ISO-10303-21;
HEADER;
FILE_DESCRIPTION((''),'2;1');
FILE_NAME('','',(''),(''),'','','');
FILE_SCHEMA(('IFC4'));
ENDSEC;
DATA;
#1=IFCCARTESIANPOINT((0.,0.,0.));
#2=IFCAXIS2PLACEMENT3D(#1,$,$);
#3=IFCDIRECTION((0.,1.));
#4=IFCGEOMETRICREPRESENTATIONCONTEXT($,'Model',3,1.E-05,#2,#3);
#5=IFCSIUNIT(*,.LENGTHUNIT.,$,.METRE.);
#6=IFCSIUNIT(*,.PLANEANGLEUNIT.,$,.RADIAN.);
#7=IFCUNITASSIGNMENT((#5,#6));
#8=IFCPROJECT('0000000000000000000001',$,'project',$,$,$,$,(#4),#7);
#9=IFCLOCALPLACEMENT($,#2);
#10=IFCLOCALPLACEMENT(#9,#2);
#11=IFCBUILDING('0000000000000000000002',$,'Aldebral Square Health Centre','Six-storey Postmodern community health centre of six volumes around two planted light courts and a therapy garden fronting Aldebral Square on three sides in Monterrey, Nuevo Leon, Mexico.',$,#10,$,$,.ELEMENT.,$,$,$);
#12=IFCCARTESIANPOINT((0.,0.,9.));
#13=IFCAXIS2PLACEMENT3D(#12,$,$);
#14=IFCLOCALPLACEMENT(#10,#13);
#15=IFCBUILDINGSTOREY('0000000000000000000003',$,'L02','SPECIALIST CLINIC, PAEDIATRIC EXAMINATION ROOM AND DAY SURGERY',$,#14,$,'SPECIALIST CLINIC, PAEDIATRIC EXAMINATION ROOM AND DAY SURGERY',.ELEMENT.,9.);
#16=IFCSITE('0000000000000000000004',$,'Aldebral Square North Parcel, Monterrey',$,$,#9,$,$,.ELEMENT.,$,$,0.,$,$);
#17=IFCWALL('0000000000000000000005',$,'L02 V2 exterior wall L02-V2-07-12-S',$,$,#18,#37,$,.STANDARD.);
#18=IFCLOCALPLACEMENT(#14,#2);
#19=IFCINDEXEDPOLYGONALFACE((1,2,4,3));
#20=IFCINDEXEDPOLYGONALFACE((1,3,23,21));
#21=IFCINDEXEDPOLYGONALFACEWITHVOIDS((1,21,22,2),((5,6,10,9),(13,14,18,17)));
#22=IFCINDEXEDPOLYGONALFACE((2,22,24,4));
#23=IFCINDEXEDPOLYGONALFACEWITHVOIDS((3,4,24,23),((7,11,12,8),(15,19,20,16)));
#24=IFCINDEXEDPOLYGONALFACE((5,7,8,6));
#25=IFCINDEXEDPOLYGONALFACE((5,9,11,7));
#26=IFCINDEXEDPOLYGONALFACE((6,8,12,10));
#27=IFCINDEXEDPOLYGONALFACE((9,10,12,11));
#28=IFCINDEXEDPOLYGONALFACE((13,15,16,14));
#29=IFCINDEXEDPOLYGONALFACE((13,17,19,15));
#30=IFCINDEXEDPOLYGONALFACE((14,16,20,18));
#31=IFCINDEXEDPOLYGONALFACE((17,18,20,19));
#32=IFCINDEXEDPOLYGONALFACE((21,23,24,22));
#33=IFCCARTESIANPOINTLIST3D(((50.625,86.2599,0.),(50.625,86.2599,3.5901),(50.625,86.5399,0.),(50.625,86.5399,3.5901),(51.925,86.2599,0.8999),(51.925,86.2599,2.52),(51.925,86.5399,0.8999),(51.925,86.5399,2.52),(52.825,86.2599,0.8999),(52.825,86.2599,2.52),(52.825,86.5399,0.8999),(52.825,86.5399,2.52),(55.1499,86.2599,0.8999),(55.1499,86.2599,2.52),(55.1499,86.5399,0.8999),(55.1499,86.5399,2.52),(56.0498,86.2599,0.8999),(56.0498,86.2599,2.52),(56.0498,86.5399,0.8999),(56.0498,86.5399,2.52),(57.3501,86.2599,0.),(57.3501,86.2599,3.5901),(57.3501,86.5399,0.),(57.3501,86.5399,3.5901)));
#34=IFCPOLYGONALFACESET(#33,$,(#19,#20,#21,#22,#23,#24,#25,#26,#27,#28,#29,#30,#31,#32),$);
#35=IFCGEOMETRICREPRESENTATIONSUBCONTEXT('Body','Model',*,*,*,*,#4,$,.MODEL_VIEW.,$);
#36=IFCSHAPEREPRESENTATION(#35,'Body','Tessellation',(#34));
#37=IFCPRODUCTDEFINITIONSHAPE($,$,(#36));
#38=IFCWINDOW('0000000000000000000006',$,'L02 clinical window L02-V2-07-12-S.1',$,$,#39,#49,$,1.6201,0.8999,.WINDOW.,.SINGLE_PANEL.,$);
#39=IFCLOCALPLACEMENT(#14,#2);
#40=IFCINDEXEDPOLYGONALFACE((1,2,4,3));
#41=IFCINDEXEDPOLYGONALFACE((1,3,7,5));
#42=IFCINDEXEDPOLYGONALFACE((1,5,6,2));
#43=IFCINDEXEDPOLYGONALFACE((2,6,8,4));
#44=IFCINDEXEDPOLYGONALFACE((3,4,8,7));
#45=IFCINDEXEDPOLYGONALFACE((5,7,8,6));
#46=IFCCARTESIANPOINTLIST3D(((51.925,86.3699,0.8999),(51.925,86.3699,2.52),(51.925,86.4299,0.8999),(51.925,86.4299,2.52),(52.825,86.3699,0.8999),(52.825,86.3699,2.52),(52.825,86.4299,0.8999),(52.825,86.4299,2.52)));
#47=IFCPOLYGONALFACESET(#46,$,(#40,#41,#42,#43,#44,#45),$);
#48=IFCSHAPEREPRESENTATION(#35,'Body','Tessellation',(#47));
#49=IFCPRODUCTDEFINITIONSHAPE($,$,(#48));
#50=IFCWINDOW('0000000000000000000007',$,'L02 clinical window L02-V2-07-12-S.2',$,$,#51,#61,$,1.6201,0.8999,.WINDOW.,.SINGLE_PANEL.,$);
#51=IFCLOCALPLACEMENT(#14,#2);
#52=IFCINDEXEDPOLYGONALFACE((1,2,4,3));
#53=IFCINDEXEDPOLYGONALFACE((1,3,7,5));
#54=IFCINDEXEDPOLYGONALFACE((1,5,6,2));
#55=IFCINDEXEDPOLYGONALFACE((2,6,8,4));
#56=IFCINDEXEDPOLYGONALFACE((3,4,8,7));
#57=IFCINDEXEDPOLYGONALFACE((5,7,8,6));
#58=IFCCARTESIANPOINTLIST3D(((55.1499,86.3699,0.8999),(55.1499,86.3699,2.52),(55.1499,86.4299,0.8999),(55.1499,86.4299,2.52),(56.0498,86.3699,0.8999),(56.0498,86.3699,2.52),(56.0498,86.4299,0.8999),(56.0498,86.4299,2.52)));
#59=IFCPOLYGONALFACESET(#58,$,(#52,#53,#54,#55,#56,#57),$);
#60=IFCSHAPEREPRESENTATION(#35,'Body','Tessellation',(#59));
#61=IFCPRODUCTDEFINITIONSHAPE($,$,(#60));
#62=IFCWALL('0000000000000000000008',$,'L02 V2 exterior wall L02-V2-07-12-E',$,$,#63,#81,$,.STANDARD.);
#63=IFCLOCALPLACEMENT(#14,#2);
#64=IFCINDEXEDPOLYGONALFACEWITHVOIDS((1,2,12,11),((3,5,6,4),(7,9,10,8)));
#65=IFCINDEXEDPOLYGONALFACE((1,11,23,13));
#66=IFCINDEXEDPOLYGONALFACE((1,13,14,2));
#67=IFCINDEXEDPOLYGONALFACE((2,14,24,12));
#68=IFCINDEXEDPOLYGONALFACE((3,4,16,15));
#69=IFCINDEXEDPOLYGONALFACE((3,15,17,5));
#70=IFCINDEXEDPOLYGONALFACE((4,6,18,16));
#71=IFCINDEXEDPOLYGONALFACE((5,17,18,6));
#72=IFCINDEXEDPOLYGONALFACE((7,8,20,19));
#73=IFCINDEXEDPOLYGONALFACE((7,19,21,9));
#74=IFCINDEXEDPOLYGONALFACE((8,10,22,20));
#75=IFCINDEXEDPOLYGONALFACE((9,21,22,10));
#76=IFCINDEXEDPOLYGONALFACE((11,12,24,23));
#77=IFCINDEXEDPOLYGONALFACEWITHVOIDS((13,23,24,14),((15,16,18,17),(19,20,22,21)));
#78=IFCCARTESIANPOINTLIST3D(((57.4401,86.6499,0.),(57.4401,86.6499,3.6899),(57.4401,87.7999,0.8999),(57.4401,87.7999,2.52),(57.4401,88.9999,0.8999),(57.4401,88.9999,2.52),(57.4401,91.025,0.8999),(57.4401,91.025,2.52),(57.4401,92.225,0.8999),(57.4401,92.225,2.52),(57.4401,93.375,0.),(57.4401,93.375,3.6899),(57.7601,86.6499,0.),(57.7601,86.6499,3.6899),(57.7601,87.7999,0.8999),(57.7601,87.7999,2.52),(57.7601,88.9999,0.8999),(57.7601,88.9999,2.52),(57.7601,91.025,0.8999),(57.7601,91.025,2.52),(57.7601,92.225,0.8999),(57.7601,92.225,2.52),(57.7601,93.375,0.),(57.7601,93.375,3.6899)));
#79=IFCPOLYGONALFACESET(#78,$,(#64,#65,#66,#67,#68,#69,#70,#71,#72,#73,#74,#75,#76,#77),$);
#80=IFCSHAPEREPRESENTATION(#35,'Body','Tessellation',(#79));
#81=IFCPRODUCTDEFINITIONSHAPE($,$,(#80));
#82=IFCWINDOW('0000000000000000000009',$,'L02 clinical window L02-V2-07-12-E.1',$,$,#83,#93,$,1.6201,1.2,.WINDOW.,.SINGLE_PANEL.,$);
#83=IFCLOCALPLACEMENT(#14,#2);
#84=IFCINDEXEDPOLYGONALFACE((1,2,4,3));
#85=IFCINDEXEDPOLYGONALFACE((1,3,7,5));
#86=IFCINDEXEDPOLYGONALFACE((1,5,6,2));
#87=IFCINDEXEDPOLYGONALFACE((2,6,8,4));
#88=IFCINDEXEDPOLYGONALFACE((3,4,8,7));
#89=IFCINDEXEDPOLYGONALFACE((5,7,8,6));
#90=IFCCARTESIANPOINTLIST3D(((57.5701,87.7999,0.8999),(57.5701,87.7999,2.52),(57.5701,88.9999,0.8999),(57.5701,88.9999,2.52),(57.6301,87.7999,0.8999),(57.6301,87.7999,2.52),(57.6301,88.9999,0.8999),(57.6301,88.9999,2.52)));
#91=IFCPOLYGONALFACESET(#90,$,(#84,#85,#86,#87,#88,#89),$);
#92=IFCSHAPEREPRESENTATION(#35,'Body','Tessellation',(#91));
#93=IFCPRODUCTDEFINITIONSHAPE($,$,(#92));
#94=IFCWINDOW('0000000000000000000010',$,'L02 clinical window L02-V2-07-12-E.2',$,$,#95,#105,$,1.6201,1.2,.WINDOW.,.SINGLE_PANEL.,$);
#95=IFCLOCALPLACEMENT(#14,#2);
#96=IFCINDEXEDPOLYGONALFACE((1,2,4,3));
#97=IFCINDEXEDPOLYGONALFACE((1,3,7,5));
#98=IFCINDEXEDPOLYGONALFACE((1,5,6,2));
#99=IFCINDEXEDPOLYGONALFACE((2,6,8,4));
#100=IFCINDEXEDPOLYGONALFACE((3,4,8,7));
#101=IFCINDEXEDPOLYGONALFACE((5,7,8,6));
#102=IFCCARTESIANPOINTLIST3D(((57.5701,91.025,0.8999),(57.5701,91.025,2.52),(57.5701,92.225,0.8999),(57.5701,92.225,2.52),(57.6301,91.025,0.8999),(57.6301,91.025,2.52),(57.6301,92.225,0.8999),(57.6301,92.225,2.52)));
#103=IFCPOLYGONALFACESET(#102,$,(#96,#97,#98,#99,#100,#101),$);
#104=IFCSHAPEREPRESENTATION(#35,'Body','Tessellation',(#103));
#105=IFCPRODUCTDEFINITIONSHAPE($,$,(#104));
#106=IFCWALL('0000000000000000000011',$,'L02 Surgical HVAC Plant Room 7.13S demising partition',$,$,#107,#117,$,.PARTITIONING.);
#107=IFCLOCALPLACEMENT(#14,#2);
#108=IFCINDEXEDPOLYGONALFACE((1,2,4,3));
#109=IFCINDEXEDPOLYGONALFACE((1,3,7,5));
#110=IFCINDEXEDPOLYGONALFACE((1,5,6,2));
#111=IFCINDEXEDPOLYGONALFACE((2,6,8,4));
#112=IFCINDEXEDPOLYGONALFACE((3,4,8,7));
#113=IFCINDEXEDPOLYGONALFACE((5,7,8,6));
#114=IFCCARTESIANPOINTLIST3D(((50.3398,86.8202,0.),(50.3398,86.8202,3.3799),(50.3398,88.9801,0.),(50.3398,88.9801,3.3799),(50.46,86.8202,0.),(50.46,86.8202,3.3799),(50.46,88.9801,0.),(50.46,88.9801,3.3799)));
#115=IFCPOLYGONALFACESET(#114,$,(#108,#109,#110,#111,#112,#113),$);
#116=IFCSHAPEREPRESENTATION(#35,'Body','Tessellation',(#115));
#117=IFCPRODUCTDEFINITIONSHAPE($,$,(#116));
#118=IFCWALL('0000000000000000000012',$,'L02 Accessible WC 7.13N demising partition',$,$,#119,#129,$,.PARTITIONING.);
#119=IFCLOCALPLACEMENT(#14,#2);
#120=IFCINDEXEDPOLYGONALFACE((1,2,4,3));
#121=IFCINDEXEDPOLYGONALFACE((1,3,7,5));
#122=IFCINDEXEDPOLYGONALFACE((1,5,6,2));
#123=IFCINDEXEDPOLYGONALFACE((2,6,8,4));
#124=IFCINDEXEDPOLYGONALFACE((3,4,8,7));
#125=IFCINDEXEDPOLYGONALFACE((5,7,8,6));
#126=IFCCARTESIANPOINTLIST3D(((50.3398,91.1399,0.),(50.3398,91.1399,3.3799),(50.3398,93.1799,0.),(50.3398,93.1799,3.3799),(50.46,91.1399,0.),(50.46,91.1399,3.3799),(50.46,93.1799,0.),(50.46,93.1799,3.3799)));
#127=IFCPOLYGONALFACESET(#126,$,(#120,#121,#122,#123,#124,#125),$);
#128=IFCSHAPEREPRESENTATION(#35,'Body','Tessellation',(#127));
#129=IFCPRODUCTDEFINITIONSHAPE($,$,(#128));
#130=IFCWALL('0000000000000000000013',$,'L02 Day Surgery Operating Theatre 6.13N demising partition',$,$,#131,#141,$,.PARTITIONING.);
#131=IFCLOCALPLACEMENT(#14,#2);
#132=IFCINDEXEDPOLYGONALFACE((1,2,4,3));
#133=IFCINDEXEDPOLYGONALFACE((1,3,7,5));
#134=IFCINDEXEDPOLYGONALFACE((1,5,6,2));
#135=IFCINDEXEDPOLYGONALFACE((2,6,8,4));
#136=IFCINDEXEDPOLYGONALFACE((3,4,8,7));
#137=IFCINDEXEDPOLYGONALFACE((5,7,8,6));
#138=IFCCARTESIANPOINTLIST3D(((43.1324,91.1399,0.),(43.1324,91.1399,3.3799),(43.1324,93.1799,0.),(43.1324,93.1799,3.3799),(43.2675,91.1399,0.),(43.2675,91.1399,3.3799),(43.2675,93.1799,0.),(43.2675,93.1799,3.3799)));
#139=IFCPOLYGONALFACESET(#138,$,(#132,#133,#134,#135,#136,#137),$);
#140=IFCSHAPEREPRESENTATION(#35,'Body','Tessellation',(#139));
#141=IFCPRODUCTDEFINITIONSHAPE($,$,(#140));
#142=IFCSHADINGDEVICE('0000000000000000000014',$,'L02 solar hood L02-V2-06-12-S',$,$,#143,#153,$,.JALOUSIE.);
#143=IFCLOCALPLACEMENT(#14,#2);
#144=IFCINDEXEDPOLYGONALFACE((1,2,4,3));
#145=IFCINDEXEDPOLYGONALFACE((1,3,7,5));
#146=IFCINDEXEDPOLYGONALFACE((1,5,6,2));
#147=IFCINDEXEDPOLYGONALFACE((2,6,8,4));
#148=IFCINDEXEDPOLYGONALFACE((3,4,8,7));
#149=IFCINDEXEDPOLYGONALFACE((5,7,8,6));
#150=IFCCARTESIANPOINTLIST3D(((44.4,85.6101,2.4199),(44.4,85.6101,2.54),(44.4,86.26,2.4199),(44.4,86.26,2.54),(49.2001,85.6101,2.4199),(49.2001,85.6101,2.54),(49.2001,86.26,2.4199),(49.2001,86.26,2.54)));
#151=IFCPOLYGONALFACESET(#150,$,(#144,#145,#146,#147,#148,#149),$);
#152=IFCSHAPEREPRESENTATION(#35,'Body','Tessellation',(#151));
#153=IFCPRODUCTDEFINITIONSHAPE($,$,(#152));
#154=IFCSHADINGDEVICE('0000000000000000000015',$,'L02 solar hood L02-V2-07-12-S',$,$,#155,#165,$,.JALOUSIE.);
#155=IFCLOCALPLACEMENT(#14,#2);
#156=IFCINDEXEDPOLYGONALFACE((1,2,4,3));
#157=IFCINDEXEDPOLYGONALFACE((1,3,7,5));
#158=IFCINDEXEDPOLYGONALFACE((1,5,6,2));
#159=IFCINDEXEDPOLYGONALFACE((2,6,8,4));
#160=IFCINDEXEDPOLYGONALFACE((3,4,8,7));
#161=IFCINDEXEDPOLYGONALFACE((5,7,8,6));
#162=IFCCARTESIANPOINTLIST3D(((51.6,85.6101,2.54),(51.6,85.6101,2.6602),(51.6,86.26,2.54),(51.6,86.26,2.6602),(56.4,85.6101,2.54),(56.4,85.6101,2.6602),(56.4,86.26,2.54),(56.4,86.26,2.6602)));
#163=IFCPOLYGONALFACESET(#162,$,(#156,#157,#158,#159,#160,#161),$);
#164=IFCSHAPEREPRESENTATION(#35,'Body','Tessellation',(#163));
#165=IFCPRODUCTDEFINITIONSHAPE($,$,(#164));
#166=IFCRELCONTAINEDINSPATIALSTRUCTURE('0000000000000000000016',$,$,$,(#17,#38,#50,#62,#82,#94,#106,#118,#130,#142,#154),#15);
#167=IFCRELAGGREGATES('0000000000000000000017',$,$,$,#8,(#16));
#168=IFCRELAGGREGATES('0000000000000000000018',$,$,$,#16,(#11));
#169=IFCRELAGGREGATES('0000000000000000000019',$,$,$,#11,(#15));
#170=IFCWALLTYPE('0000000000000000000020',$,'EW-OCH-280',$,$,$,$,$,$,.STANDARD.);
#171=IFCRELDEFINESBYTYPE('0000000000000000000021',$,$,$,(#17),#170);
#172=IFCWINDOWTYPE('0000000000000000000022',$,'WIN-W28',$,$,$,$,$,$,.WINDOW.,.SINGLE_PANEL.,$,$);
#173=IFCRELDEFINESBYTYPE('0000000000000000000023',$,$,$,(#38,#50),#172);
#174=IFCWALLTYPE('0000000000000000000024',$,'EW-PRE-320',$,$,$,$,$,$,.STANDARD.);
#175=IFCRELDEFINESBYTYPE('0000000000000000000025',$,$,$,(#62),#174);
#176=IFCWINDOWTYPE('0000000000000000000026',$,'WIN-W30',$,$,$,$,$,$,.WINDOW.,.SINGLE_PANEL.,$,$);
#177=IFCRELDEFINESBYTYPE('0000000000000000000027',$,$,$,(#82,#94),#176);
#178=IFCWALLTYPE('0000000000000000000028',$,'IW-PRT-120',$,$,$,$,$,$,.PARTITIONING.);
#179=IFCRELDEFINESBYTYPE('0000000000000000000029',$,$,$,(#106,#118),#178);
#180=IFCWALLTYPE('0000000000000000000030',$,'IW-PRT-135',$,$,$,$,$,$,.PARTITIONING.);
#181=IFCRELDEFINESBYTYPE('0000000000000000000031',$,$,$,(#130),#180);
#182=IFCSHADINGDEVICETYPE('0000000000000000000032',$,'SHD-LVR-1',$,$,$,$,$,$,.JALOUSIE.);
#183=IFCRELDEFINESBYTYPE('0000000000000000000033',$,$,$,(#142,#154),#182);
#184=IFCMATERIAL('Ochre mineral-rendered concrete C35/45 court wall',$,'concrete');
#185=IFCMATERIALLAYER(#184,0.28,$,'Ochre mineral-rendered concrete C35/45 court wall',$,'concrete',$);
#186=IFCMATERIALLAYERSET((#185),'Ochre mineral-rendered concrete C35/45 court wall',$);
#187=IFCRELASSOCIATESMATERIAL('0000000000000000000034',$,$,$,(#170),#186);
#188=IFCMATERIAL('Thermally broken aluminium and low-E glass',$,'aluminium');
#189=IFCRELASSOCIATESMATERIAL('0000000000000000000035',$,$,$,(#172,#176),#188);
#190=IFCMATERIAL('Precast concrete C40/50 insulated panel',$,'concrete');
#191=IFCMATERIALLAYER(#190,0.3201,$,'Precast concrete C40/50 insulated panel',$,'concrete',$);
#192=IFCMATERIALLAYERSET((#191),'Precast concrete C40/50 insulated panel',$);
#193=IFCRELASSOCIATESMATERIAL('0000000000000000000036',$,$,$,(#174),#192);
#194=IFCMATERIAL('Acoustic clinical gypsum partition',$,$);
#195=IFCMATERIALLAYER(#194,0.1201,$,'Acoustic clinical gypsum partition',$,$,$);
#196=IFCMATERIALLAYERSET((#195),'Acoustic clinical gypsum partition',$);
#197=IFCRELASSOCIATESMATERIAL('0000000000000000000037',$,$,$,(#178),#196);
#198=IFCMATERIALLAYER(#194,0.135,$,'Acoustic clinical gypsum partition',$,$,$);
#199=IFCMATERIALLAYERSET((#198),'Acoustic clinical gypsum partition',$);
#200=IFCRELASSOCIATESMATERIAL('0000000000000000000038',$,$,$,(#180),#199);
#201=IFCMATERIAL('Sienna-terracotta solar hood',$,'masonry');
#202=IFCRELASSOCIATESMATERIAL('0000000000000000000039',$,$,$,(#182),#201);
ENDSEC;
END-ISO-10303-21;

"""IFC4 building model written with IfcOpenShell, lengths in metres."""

from ifc_helpers import new_model, si_unit, direction, frame, frame_2d, origin, origin_2d, place, context, subcontext, project, spatial, rectangle, extrude, material, layer, layer_set, type_object, element, fill, save


model = new_model("IFC4")

# Units and contexts
model_context = context("Model", 3, precision=1e-05, world=origin(), true_north=direction((0.0, 1.0)))
body_context = subcontext(model_context, "Body", "Model", "MODEL_VIEW")
ifc_project = project(units=[si_unit("LENGTHUNIT", "METRE"), si_unit("PLANEANGLEUNIT", "RADIAN")], contexts=[model_context])

# Site, building, storey
site_placement = place(None, origin())
site = spatial("IfcSite", under=ifc_project, at=site_placement, Name="Aldebral Square North Parcel, Monterrey", CompositionType="ELEMENT", RefElevation=0.0)
building_placement = place(site_placement, origin())
building = spatial("IfcBuilding", under=site, at=building_placement, Name="Aldebral Square Health Centre", Description="Six-storey Postmodern community health centre of six volumes around two planted light courts and a therapy garden fronting Aldebral Square on three sides in Monterrey, Nuevo Leon, Mexico.", CompositionType="ELEMENT")
storey_placement = place(building_placement, frame((0.0, 0.0, 9.0)))
storey = spatial("IfcBuildingStorey", under=building, at=storey_placement, Name="L02", Description="SPECIALIST CLINIC, PAEDIATRIC EXAMINATION ROOM AND DAY SURGERY", LongName="SPECIALIST CLINIC, PAEDIATRIC EXAMINATION ROOM AND DAY SURGERY", CompositionType="ELEMENT", Elevation=9.0)

# Walls, openings, windows
ifc_material_1 = material(Name="Ochre mineral-rendered concrete C35/45 court wall", Category="concrete")
ifc_layer_1 = layer(ifc_material_1, 0.28, Name="Ochre mineral-rendered concrete C35/45 court wall", Category="concrete")
ifc_layer_set_1 = layer_set([ifc_layer_1], Name="Ochre mineral-rendered concrete C35/45 court wall")
wall_type_1 = type_object("IfcWallType", Name="EW-OCH-280", PredefinedType="STANDARD", material=ifc_layer_set_1)
ifc_material_2 = material(Name="Thermally broken aluminium and low-E glass", Category="aluminium")
wall_1_placement = place(storey_placement, frame((50.625, 86.3999, 0.0), z_axis=(0.0, 0.0, 1.0), x_axis=(1.0, 0.0, 0.0)))
wall_1 = element("IfcWall", 1, at=wall_1_placement, inside=storey, type_object=wall_type_1, Name="L02 V2 exterior wall L02-V2-07-12-S", PredefinedType="STANDARD", context=body_context, shape_type="SweptSolid", body=[
    extrude(rectangle(XDim=6.7251, YDim=0.28, at=frame_2d((3.3625, 0.0))), origin(), (0.0, 0.0, 1.0), 3.5901),
])
opening_1_placement = place(wall_1_placement, frame((1.3, 0.0, 0.8999)))
opening_1 = element("IfcOpeningElement", 2, at=opening_1_placement, cuts=wall_1, PredefinedType="OPENING", context=body_context, shape_type="SweptSolid", body=[
    extrude(rectangle(XDim=0.8999, YDim=1.6201, at=frame_2d((0.45, 0.8101))), frame((0.0, 0.1499, 0.0), z_axis=(0.0, -1.0, 0.0), x_axis=(1.0, 0.0, 0.0)), (0.0, 0.0, 1.0), 0.3),
])
opening_2_placement = place(wall_1_placement, frame((4.5249, 0.0, 0.8999)))
opening_2 = element("IfcOpeningElement", 3, at=opening_2_placement, cuts=wall_1, PredefinedType="OPENING", context=body_context, shape_type="SweptSolid", body=[
    extrude(rectangle(XDim=0.8999, YDim=1.6201, at=frame_2d((0.45, 0.8101))), frame((0.0, 0.1499, 0.0), z_axis=(0.0, -1.0, 0.0), x_axis=(1.0, 0.0, 0.0)), (0.0, 0.0, 1.0), 0.3),
])
window_type_1 = type_object("IfcWindowType", Name="WIN-W28", PartitioningType="SINGLE_PANEL", PredefinedType="WINDOW", material=ifc_material_2)
window_1_placement = place(opening_1_placement, origin())
window_1 = element("IfcWindow", 4, at=window_1_placement, inside=storey, type_object=window_type_1, Name="L02 clinical window L02-V2-07-12-S.1", OverallHeight=1.6201, OverallWidth=0.8999, PartitioningType="SINGLE_PANEL", PredefinedType="WINDOW", context=body_context, shape_type="SweptSolid", body=[
    extrude(rectangle(XDim=0.8999, YDim=1.6201, at=frame_2d((0.45, 0.8101))), frame((0.0, 0.03, 0.0), z_axis=(0.0, -1.0, 0.0), x_axis=(1.0, 0.0, 0.0)), (0.0, 0.0, 1.0), 0.0601),
])
fill(opening_1, window_1)
window_2_placement = place(opening_2_placement, origin())
window_2 = element("IfcWindow", 5, at=window_2_placement, inside=storey, type_object=window_type_1, Name="L02 clinical window L02-V2-07-12-S.2", OverallHeight=1.6201, OverallWidth=0.8999, PartitioningType="SINGLE_PANEL", PredefinedType="WINDOW", context=body_context, shape_type="SweptSolid", body=[
    extrude(rectangle(XDim=0.8999, YDim=1.6201, at=frame_2d((0.45, 0.8101))), frame((0.0, 0.03, 0.0), z_axis=(0.0, -1.0, 0.0), x_axis=(1.0, 0.0, 0.0)), (0.0, 0.0, 1.0), 0.0601),
])
fill(opening_2, window_2)
ifc_material_3 = material(Name="Precast concrete C40/50 insulated panel", Category="concrete")
ifc_layer_2 = layer(ifc_material_3, 0.3201, Name="Precast concrete C40/50 insulated panel", Category="concrete")
ifc_layer_set_2 = layer_set([ifc_layer_2], Name="Precast concrete C40/50 insulated panel")
wall_type_2 = type_object("IfcWallType", Name="EW-PRE-320", PredefinedType="STANDARD", material=ifc_layer_set_2)
wall_2_placement = place(storey_placement, frame((57.6001, 86.6499, 0.0), z_axis=(0.0, 0.0, 1.0), x_axis=(0.0, 1.0, 0.0)))
wall_2 = element("IfcWall", 6, at=wall_2_placement, inside=storey, type_object=wall_type_2, Name="L02 V2 exterior wall L02-V2-07-12-E", PredefinedType="STANDARD", context=body_context, shape_type="SweptSolid", body=[
    extrude(rectangle(XDim=6.7251, YDim=0.3201, at=frame_2d((3.3625, 0.0))), origin(), (0.0, 0.0, 1.0), 3.6899),
])
opening_3_placement = place(wall_2_placement, frame((1.1499, 0.0, 0.8999)))
opening_3 = element("IfcOpeningElement", 7, at=opening_3_placement, cuts=wall_2, PredefinedType="OPENING", context=body_context, shape_type="SweptSolid", body=[
    extrude(rectangle(XDim=1.2, YDim=1.6201, at=frame_2d((0.6001, 0.8101))), frame((0.0, 0.1699, 0.0), z_axis=(0.0, -1.0, 0.0), x_axis=(1.0, 0.0, 0.0)), (0.0, 0.0, 1.0), 0.3401),
])
opening_4_placement = place(wall_2_placement, frame((4.375, 0.0, 0.8999)))
opening_4 = element("IfcOpeningElement", 8, at=opening_4_placement, cuts=wall_2, PredefinedType="OPENING", context=body_context, shape_type="SweptSolid", body=[
    extrude(rectangle(XDim=1.2, YDim=1.6201, at=frame_2d((0.6001, 0.8101))), frame((0.0, 0.1699, 0.0), z_axis=(0.0, -1.0, 0.0), x_axis=(1.0, 0.0, 0.0)), (0.0, 0.0, 1.0), 0.3401),
])
window_type_2 = type_object("IfcWindowType", Name="WIN-W30", PartitioningType="SINGLE_PANEL", PredefinedType="WINDOW", material=ifc_material_2)
window_3_placement = place(opening_3_placement, origin())
window_3 = element("IfcWindow", 9, at=window_3_placement, inside=storey, type_object=window_type_2, Name="L02 clinical window L02-V2-07-12-E.1", OverallHeight=1.6201, OverallWidth=1.2, PartitioningType="SINGLE_PANEL", PredefinedType="WINDOW", context=body_context, shape_type="SweptSolid", body=[
    extrude(rectangle(XDim=1.2, YDim=1.6201, at=frame_2d((0.6001, 0.8101))), frame((0.0, 0.03, 0.0), z_axis=(0.0, -1.0, 0.0), x_axis=(1.0, 0.0, 0.0)), (0.0, 0.0, 1.0), 0.0601),
])
fill(opening_3, window_3)
window_4_placement = place(opening_4_placement, origin())
window_4 = element("IfcWindow", 10, at=window_4_placement, inside=storey, type_object=window_type_2, Name="L02 clinical window L02-V2-07-12-E.2", OverallHeight=1.6201, OverallWidth=1.2, PartitioningType="SINGLE_PANEL", PredefinedType="WINDOW", context=body_context, shape_type="SweptSolid", body=[
    extrude(rectangle(XDim=1.2, YDim=1.6201, at=frame_2d((0.6001, 0.8101))), frame((0.0, 0.03, 0.0), z_axis=(0.0, -1.0, 0.0), x_axis=(1.0, 0.0, 0.0)), (0.0, 0.0, 1.0), 0.0601),
])
fill(opening_4, window_4)

# Walls
ifc_material_4 = material(Name="Acoustic clinical gypsum partition")
ifc_layer_3 = layer(ifc_material_4, 0.1201, Name="Acoustic clinical gypsum partition")
ifc_layer_set_3 = layer_set([ifc_layer_3], Name="Acoustic clinical gypsum partition")
wall_type_3 = type_object("IfcWallType", Name="IW-PRT-120", PredefinedType="PARTITIONING", material=ifc_layer_set_3)
wall_3_placement = place(storey_placement, frame((50.3999, 86.8201, 0.0), z_axis=(0.0, 0.0, 1.0), x_axis=(0.0, 1.0, 0.0)))
element("IfcWall", 11, at=wall_3_placement, inside=storey, type_object=wall_type_3, Name="L02 Surgical HVAC Plant Room 7.13S demising partition", PredefinedType="PARTITIONING", context=body_context, shape_type="SweptSolid", body=[
    extrude(rectangle(XDim=2.1599, YDim=0.1201, at=frame_2d((1.0801, 0.0))), origin(), (0.0, 0.0, 1.0), 3.3799),
])
wall_4_placement = place(storey_placement, frame((50.3999, 91.1399, 0.0), z_axis=(0.0, 0.0, 1.0), x_axis=(0.0, 1.0, 0.0)))
element("IfcWall", 12, at=wall_4_placement, inside=storey, type_object=wall_type_3, Name="L02 Accessible WC 7.13N demising partition", PredefinedType="PARTITIONING", context=body_context, shape_type="SweptSolid", body=[
    extrude(rectangle(XDim=2.04, YDim=0.1201, at=frame_2d((1.02, 0.0))), origin(), (0.0, 0.0, 1.0), 3.3799),
])
ifc_layer_4 = layer(ifc_material_4, 0.135, Name="Acoustic clinical gypsum partition")
ifc_layer_set_4 = layer_set([ifc_layer_4], Name="Acoustic clinical gypsum partition")
wall_type_4 = type_object("IfcWallType", Name="IW-PRT-135", PredefinedType="PARTITIONING", material=ifc_layer_set_4)
wall_5_placement = place(storey_placement, frame((43.2, 91.1399, 0.0), z_axis=(0.0, 0.0, 1.0), x_axis=(0.0, 1.0, 0.0)))
element("IfcWall", 13, at=wall_5_placement, inside=storey, type_object=wall_type_4, Name="L02 Day Surgery Operating Theatre 6.13N demising partition", PredefinedType="PARTITIONING", context=body_context, shape_type="SweptSolid", body=[
    extrude(rectangle(XDim=2.04, YDim=0.135, at=frame_2d((1.02, 0.0))), origin(), (0.0, 0.0, 1.0), 3.3799),
])

# Shading devices
ifc_material_5 = material(Name="Sienna-terracotta solar hood", Category="masonry")
shading_device_type = type_object("IfcShadingDeviceType", Name="SHD-LVR-1", PredefinedType="JALOUSIE", material=ifc_material_5)
for number, where, z_axis, x_axis, name in (
    (14, (46.8, 85.9351, 2.4199), (0.0, 0.0, 1.0), (1.0, 0.0, 0.0), "L02 solar hood L02-V2-06-12-S"),
    (15, (54.0, 85.9351, 2.54), (0.0, 0.0, 1.0), (1.0, 0.0, 0.0), "L02 solar hood L02-V2-07-12-S"),
):
    element("IfcShadingDevice", number, at=place(storey_placement, frame(where, z_axis=z_axis, x_axis=x_axis)), inside=storey, type_object=shading_device_type, Name=name, PredefinedType="JALOUSIE", context=body_context, shape_type="SweptSolid", body=[
        extrude(rectangle(XDim=4.8, YDim=0.6499, at=origin_2d()), origin(), (0.0, 0.0, 1.0), 0.1201),
    ])

save(model, "model.ifc")
